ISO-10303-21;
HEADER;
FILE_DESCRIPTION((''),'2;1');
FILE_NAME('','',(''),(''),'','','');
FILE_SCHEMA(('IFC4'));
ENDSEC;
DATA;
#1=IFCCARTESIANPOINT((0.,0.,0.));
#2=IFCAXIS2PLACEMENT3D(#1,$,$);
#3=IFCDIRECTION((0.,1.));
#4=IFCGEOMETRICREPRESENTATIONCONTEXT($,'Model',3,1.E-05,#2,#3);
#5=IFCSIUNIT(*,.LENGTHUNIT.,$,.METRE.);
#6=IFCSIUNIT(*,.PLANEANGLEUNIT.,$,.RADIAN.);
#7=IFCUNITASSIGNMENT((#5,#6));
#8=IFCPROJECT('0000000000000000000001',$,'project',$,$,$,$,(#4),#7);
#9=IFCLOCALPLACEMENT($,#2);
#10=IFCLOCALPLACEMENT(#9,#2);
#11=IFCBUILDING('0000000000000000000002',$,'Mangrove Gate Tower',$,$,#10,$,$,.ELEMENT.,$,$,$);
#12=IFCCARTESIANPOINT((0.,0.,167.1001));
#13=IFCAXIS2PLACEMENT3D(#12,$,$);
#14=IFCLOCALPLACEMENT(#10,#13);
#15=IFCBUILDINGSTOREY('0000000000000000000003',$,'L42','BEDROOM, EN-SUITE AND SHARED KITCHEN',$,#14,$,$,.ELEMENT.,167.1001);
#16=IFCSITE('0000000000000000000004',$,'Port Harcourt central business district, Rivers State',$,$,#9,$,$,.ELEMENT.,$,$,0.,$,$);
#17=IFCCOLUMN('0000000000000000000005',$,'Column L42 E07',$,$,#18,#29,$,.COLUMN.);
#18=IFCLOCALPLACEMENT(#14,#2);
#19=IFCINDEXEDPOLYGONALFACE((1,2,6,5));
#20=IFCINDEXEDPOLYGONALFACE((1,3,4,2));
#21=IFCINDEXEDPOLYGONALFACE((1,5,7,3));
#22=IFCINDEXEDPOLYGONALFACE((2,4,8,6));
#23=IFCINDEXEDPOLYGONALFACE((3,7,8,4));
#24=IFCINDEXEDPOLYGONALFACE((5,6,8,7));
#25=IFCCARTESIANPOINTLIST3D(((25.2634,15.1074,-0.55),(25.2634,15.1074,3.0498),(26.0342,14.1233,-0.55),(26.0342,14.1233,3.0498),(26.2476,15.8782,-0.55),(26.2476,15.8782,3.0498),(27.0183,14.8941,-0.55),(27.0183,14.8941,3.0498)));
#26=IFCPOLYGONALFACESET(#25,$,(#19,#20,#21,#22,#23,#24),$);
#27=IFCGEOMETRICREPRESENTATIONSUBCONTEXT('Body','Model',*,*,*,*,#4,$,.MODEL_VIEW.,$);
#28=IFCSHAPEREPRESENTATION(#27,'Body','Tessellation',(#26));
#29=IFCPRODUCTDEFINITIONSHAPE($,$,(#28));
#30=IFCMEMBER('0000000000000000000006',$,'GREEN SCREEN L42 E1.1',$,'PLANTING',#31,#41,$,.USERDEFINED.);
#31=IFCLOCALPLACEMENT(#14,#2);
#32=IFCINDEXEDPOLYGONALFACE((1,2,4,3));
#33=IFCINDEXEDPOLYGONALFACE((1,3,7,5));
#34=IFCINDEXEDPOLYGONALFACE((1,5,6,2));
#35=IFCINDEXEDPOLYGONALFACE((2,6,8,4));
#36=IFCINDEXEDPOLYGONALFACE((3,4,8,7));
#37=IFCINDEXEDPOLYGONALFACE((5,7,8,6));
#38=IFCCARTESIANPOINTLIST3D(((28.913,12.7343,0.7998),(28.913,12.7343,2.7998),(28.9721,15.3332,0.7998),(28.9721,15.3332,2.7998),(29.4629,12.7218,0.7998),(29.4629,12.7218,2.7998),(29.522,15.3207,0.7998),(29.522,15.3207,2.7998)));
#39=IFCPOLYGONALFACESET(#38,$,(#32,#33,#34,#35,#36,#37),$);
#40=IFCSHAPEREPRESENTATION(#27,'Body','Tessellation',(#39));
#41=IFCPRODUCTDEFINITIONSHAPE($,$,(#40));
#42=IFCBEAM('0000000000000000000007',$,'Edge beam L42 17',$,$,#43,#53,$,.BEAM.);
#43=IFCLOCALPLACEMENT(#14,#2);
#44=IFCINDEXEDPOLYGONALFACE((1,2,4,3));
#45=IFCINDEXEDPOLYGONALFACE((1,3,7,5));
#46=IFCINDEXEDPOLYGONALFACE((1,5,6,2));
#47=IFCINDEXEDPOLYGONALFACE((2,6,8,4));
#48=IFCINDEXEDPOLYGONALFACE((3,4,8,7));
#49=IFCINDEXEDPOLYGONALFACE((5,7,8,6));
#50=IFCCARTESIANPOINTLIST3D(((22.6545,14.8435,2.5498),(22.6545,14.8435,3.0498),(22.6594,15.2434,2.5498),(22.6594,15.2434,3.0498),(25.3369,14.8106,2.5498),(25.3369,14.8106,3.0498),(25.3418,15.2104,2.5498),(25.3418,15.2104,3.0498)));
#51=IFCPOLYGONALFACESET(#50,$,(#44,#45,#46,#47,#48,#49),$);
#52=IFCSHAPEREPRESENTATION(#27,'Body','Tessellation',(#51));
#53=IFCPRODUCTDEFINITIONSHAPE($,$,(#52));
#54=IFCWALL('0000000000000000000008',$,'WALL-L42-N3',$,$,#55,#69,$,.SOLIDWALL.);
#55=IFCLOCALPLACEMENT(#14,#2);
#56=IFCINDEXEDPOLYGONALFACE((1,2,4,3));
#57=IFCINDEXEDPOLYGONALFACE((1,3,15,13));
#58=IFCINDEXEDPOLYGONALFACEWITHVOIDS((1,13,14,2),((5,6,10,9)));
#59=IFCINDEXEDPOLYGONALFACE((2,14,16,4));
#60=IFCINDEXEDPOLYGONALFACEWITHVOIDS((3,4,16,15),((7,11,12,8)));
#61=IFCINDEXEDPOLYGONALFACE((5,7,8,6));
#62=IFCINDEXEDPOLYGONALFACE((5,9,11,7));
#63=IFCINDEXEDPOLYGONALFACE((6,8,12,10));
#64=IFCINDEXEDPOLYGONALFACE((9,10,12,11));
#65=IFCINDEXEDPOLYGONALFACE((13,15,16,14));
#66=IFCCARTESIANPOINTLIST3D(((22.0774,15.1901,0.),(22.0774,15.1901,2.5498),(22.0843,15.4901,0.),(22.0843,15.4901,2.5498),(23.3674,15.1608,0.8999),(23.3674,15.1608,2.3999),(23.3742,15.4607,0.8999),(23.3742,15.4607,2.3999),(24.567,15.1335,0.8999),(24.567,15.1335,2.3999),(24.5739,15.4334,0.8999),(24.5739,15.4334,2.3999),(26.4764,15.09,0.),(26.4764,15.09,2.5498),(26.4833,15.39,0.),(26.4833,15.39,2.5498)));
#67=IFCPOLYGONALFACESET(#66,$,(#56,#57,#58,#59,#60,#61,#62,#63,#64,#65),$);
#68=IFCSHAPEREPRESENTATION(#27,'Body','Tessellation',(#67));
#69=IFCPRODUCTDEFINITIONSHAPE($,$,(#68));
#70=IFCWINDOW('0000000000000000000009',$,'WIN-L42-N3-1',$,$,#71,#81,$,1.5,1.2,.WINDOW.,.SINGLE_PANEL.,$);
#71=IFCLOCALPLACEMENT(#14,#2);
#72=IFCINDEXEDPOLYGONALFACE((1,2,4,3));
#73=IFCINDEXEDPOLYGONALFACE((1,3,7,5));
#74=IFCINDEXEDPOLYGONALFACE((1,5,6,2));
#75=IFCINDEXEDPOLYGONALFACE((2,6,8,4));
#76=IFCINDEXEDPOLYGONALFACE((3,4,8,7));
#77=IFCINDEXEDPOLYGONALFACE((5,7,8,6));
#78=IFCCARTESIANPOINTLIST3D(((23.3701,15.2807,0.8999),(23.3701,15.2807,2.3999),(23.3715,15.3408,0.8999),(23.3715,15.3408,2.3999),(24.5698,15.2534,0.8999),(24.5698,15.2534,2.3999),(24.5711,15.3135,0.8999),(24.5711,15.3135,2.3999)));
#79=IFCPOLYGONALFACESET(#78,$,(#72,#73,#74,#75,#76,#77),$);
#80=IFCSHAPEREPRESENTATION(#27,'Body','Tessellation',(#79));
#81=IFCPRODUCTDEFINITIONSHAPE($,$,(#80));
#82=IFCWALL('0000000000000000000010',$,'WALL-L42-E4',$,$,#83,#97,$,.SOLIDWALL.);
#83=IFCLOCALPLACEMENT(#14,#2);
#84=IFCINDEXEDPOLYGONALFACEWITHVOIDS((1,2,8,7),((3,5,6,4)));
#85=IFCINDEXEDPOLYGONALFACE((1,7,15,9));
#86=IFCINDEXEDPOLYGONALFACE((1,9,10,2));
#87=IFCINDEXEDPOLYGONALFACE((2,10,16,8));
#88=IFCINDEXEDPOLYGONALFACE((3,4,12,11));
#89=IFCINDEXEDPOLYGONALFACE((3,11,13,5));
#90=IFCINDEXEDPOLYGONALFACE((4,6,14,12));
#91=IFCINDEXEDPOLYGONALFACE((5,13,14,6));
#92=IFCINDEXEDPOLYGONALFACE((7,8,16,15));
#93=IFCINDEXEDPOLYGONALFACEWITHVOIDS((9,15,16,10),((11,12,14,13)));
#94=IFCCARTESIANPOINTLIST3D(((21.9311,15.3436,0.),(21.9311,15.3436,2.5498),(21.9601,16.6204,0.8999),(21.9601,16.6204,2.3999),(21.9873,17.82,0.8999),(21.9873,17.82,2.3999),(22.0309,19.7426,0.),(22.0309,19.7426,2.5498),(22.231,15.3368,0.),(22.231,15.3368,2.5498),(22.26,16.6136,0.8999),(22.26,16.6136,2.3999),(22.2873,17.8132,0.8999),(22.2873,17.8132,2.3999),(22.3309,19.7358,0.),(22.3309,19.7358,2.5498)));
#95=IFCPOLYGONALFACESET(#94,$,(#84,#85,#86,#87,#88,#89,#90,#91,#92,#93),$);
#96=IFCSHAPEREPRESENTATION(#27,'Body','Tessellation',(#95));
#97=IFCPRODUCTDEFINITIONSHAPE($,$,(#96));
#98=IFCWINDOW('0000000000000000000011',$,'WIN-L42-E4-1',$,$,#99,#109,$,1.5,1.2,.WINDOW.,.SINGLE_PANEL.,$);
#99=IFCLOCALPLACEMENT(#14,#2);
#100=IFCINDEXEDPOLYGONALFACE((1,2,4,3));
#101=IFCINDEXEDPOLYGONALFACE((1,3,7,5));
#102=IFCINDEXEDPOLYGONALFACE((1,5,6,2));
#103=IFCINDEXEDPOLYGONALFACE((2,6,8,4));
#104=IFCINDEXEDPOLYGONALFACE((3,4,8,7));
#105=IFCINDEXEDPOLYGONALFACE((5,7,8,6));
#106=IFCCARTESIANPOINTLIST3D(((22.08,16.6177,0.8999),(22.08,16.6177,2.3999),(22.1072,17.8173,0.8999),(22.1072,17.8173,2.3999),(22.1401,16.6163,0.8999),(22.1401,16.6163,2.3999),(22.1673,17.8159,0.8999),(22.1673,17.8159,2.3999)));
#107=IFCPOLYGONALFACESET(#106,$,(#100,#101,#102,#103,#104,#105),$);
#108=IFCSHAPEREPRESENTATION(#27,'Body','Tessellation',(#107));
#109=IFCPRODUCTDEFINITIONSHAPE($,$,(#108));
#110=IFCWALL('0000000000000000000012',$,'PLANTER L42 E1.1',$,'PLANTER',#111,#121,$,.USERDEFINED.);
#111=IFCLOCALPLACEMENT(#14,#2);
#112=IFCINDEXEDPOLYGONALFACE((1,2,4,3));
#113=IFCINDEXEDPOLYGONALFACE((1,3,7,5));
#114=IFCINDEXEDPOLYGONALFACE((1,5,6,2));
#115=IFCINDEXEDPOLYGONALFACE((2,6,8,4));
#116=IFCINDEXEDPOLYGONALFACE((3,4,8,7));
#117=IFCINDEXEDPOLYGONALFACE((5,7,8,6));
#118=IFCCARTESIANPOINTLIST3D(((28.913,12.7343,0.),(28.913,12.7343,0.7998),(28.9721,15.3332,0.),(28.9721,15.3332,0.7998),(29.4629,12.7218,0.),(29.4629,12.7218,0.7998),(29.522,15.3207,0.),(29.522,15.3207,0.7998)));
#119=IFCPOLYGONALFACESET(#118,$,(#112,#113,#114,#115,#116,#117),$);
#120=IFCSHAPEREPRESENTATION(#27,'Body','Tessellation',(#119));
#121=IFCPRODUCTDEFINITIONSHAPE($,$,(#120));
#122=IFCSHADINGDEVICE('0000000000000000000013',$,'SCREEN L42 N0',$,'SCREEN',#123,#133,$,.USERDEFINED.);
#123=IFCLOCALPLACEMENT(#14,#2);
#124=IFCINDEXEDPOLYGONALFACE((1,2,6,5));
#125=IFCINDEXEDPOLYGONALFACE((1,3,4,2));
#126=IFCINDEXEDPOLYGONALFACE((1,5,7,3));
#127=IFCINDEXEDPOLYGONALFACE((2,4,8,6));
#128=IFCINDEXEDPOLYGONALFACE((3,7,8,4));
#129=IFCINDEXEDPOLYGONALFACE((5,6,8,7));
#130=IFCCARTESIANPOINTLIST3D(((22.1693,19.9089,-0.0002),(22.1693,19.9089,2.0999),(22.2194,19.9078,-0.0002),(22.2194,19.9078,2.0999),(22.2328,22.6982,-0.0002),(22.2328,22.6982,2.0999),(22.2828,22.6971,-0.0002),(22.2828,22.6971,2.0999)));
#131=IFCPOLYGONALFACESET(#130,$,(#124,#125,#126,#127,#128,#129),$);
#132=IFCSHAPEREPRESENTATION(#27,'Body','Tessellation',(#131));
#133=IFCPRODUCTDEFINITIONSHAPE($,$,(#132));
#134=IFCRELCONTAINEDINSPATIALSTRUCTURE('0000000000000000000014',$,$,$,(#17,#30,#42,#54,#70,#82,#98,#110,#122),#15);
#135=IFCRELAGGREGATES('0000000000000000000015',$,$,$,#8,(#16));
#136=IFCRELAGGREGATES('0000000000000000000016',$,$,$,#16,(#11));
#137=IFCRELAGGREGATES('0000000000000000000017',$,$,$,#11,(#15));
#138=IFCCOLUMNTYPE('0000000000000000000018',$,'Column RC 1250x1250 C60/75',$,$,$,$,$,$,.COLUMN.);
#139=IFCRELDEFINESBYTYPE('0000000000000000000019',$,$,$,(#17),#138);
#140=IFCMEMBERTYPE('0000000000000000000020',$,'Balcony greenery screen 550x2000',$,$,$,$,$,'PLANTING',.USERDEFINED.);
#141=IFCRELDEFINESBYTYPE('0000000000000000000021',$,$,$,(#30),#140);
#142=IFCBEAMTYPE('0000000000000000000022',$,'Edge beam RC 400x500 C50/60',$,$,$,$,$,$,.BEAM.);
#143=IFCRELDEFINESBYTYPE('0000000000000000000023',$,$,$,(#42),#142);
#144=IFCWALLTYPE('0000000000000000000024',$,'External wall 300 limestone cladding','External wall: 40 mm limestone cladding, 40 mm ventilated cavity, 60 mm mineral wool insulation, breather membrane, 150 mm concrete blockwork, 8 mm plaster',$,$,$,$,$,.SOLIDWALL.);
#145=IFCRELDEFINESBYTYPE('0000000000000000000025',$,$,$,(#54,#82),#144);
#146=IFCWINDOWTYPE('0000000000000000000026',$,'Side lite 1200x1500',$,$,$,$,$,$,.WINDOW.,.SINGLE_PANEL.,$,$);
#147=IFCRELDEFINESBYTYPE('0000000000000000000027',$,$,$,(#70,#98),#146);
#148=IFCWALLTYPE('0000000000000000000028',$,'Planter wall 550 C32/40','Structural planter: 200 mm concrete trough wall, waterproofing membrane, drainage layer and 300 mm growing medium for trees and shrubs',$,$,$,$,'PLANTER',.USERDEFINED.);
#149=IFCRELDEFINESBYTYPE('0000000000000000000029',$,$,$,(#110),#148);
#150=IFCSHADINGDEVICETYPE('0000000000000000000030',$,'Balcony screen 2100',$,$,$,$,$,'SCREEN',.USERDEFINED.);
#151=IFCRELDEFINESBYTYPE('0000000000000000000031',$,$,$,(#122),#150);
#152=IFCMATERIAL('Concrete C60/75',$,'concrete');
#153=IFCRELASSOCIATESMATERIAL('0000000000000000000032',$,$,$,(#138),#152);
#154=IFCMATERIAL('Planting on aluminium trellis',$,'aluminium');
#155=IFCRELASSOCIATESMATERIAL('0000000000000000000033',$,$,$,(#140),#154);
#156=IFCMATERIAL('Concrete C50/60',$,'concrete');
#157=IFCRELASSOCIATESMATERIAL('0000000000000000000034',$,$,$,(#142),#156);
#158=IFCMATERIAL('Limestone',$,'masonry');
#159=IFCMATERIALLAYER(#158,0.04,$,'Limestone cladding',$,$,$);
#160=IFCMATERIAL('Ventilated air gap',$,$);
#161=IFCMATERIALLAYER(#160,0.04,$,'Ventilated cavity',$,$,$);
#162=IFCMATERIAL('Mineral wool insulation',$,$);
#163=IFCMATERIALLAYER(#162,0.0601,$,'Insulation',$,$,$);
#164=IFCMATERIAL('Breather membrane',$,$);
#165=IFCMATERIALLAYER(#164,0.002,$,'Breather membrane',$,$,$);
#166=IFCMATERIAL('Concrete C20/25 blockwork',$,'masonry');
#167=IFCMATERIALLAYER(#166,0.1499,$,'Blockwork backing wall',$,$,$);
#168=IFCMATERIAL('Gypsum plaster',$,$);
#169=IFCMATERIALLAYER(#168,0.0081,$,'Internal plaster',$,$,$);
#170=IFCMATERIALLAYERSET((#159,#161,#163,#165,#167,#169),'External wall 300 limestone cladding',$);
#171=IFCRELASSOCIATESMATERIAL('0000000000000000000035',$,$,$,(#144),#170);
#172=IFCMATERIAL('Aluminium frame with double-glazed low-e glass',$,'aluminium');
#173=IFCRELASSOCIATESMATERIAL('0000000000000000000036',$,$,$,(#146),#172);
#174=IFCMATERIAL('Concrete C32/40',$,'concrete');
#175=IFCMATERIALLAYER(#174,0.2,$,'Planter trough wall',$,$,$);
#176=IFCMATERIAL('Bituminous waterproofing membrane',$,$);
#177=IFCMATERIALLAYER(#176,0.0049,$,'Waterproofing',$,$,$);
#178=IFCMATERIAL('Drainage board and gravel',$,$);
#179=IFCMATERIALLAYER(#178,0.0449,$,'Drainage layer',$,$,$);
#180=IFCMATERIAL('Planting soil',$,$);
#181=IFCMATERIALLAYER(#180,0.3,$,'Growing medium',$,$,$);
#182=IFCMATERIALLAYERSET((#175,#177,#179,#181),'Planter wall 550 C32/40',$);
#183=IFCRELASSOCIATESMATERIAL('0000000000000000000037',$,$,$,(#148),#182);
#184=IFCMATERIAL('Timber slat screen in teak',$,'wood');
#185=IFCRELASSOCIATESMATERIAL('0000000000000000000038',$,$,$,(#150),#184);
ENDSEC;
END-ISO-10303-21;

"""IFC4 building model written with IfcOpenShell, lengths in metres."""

from ifc_helpers import new_model, si_unit, direction, frame, frame_2d, origin, origin_2d, place, context, subcontext, project, spatial, rectangle, extrude, material, layer, layer_set, material_profile, profile_set, type_object, element, fill, save


model = new_model("IFC4")

# Units and contexts
model_context = context("Model", 3, precision=1e-05, world=origin(), true_north=direction((0.0, 1.0)))
body_context = subcontext(model_context, "Body", "Model", "MODEL_VIEW")
ifc_project = project(units=[si_unit("LENGTHUNIT", "METRE"), si_unit("PLANEANGLEUNIT", "RADIAN")], contexts=[model_context])

# Site, building, storey
site_placement = place(None, origin())
site = spatial("IfcSite", under=ifc_project, at=site_placement, Name="Port Harcourt central business district, Rivers State", CompositionType="ELEMENT", RefElevation=0.0)
building_placement = place(site_placement, origin())
building = spatial("IfcBuilding", under=site, at=building_placement, Name="Mangrove Gate Tower", CompositionType="ELEMENT")
storey_placement = place(building_placement, frame((0.0, 0.0, 167.1001)))
storey = spatial("IfcBuildingStorey", under=building, at=storey_placement, Name="L42", Description="BEDROOM, EN-SUITE AND SHARED KITCHEN", CompositionType="ELEMENT", Elevation=167.1001)

# Column
ifc_material_1 = material(Name="Concrete C60/75", Category="concrete")
ifc_material_profile_1 = material_profile(ifc_material_1, rectangle(XDim=1.25, YDim=1.25, at=origin_2d()))
ifc_profile_set_1 = profile_set([ifc_material_profile_1], Name="Concrete C60/75")
column_type = type_object("IfcColumnType", Name="Column RC 1250x1250 C60/75", PredefinedType="COLUMN", material=ifc_profile_set_1)
column_placement = place(storey_placement, frame((26.1409, 15.0007, -0.55), z_axis=(0.0, 0.0, 1.0), x_axis=(-0.616592, 0.787283, 0.0)))
element("IfcColumn", 1, at=column_placement, inside=storey, type_object=column_type, Name="Column L42 E07", PredefinedType="COLUMN", context=body_context, shape_type="SweptSolid", body=[
    extrude(rectangle(XDim=1.25, YDim=1.25, at=origin_2d()), origin(), (0.0, 0.0, 1.0), 3.5999),
])

# Member
ifc_material_2 = material(Name="Planting on aluminium trellis", Category="aluminium")
ifc_material_profile_2 = material_profile(ifc_material_2, rectangle(XDim=0.55, YDim=2.0, at=origin_2d()))
ifc_profile_set_2 = profile_set([ifc_material_profile_2], Name="Planting on aluminium trellis")
member_type = type_object("IfcMemberType", Name="Balcony greenery screen 550x2000", ElementType="PLANTING", PredefinedType="USERDEFINED", material=ifc_profile_set_2)
member_placement = place(storey_placement, frame((29.188, 12.728, 1.7998), z_axis=(0.022728, 0.999742, 0.0), x_axis=(-0.999742, 0.022728, 0.0)))
element("IfcMember", 2, at=member_placement, inside=storey, type_object=member_type, Name="GREEN SCREEN L42 E1.1", ObjectType="PLANTING", PredefinedType="USERDEFINED", context=body_context, shape_type="SweptSolid", body=[
    extrude(rectangle(XDim=0.55, YDim=2.0, at=origin_2d()), origin(), (0.0, 0.0, 1.0), 2.5996),
])

# Beam
ifc_material_3 = material(Name="Concrete C50/60", Category="concrete")
ifc_material_profile_3 = material_profile(ifc_material_3, rectangle(XDim=0.3999, YDim=0.5, at=origin_2d()))
ifc_profile_set_3 = profile_set([ifc_material_profile_3], Name="Concrete C50/60")
beam_type = type_object("IfcBeamType", Name="Edge beam RC 400x500 C50/60", PredefinedType="BEAM", material=ifc_profile_set_3)
beam_placement = place(storey_placement, frame((25.3394, 15.0105, 2.7998), z_axis=(-0.999925, 0.012286, 0.0), x_axis=(-0.012286, -0.999925, 0.0)))
element("IfcBeam", 3, at=beam_placement, inside=storey, type_object=beam_type, Name="Edge beam L42 17", PredefinedType="BEAM", context=body_context, shape_type="SweptSolid", body=[
    extrude(rectangle(XDim=0.3999, YDim=0.5, at=origin_2d()), origin(), (0.0, 0.0, 1.0), 2.6826),
])

# Walls, openings, windows
ifc_material_4 = material(Name="Limestone", Category="masonry")
ifc_layer_1 = layer(ifc_material_4, 0.04, Name="Limestone cladding")
ifc_material_5 = material(Name="Ventilated air gap")
ifc_layer_2 = layer(ifc_material_5, 0.04, Name="Ventilated cavity")
ifc_material_6 = material(Name="Mineral wool insulation")
ifc_layer_3 = layer(ifc_material_6, 0.0601, Name="Insulation")
ifc_material_7 = material(Name="Breather membrane")
ifc_layer_4 = layer(ifc_material_7, 0.002, Name="Breather membrane")
ifc_material_8 = material(Name="Concrete C20/25 blockwork", Category="masonry")
ifc_layer_5 = layer(ifc_material_8, 0.1499, Name="Blockwork backing wall")
ifc_material_9 = material(Name="Gypsum plaster")
ifc_layer_6 = layer(ifc_material_9, 0.0081, Name="Internal plaster")
ifc_layer_set_1 = layer_set([ifc_layer_1, ifc_layer_2, ifc_layer_3, ifc_layer_4, ifc_layer_5, ifc_layer_6], Name="External wall 300 limestone cladding")
wall_type_1 = type_object("IfcWallType", Name="External wall 300 limestone cladding", Description="External wall: 40 mm limestone cladding, 40 mm ventilated cavity, 60 mm mineral wool insulation, breather membrane, 150 mm concrete blockwork, 8 mm plaster", PredefinedType="SOLIDWALL", material=ifc_layer_set_1)
wall_1_placement = place(storey_placement, frame((26.48, 15.24, 0.0), z_axis=(0.0, 0.0, 1.0), x_axis=(-0.999741, 0.022749, 0.0)))
wall_1 = element("IfcWall", 4, at=wall_1_placement, inside=storey, type_object=wall_type_1, Name="WALL-L42-N3", PredefinedType="SOLIDWALL", context=body_context, shape_type="SweptSolid", body=[
    extrude(rectangle(XDim=4.4001, YDim=0.3, at=frame_2d((2.2002, 0.0))), origin(), (0.0, 0.0, 1.0), 2.5498),
])
opening_1_placement = place(wall_1_placement, frame((1.9099, 0.0, 0.8999)))
opening_1 = element("IfcOpeningElement", 5, at=opening_1_placement, cuts=wall_1, PredefinedType="OPENING", context=body_context, shape_type="SweptSolid", body=[
    extrude(rectangle(XDim=1.2, YDim=1.5, at=frame_2d((0.6001, 0.75))), frame((0.0, 0.1599, 0.0), z_axis=(0.0, -1.0, 0.0), x_axis=(1.0, 0.0, 0.0)), (0.0, 0.0, 1.0), 0.3201),
])
ifc_material_10 = material(Name="Aluminium frame with double-glazed low-e glass", Category="aluminium")
window_type_1 = type_object("IfcWindowType", Name="Side lite 1200x1500", PartitioningType="SINGLE_PANEL", PredefinedType="WINDOW", material=ifc_material_10)
window_1_placement = place(opening_1_placement, origin())
window_1 = element("IfcWindow", 6, at=window_1_placement, inside=storey, type_object=window_type_1, Name="WIN-L42-N3-1", OverallHeight=1.5, OverallWidth=1.2, PartitioningType="SINGLE_PANEL", PredefinedType="WINDOW", context=body_context, shape_type="SweptSolid", body=[
    extrude(rectangle(XDim=1.2, YDim=1.5, at=frame_2d((0.6001, 0.75))), frame((0.0, 0.03, 0.0), z_axis=(0.0, -1.0, 0.0), x_axis=(1.0, 0.0, 0.0)), (0.0, 0.0, 1.0), 0.0601),
])
fill(opening_1, window_1)
wall_2_placement = place(storey_placement, frame((22.0811, 15.3401, 0.0), z_axis=(0.0, 0.0, 1.0), x_axis=(0.022694, 0.999742, 0.0)))
wall_2 = element("IfcWall", 7, at=wall_2_placement, inside=storey, type_object=wall_type_1, Name="WALL-L42-E4", PredefinedType="SOLIDWALL", context=body_context, shape_type="SweptSolid", body=[
    extrude(rectangle(XDim=4.4001, YDim=0.3, at=frame_2d((2.2002, 0.0))), origin(), (0.0, 0.0, 1.0), 2.5498),
])
opening_2_placement = place(wall_2_placement, frame((1.2771, 0.0, 0.8999)))
opening_2 = element("IfcOpeningElement", 8, at=opening_2_placement, cuts=wall_2, PredefinedType="OPENING", context=body_context, shape_type="SweptSolid", body=[
    extrude(rectangle(XDim=1.2, YDim=1.5, at=frame_2d((0.6001, 0.75))), frame((0.0, 0.1599, 0.0), z_axis=(0.0, -1.0, 0.0), x_axis=(1.0, 0.0, 0.0)), (0.0, 0.0, 1.0), 0.3201),
])
window_2_placement = place(opening_2_placement, origin())
window_2 = element("IfcWindow", 9, at=window_2_placement, inside=storey, type_object=window_type_1, Name="WIN-L42-E4-1", OverallHeight=1.5, OverallWidth=1.2, PartitioningType="SINGLE_PANEL", PredefinedType="WINDOW", context=body_context, shape_type="SweptSolid", body=[
    extrude(rectangle(XDim=1.2, YDim=1.5, at=frame_2d((0.6001, 0.75))), frame((0.0, 0.03, 0.0), z_axis=(0.0, -1.0, 0.0), x_axis=(1.0, 0.0, 0.0)), (0.0, 0.0, 1.0), 0.0601),
])
fill(opening_2, window_2)

# Wall
ifc_material_11 = material(Name="Concrete C32/40", Category="concrete")
ifc_layer_7 = layer(ifc_material_11, 0.2, Name="Planter trough wall")
ifc_material_12 = material(Name="Bituminous waterproofing membrane")
ifc_layer_8 = layer(ifc_material_12, 0.0049, Name="Waterproofing")
ifc_material_13 = material(Name="Drainage board and gravel")
ifc_layer_9 = layer(ifc_material_13, 0.0449, Name="Drainage layer")
ifc_material_14 = material(Name="Planting soil")
ifc_layer_10 = layer(ifc_material_14, 0.3, Name="Growing medium")
ifc_layer_set_2 = layer_set([ifc_layer_7, ifc_layer_8, ifc_layer_9, ifc_layer_10], Name="Planter wall 550 C32/40")
wall_type_2 = type_object("IfcWallType", Name="Planter wall 550 C32/40", Description="Structural planter: 200 mm concrete trough wall, waterproofing membrane, drainage layer and 300 mm growing medium for trees and shrubs", ElementType="PLANTER", PredefinedType="USERDEFINED", material=ifc_layer_set_2)
wall_3_placement = place(storey_placement, frame((29.188, 12.728, 0.0), z_axis=(0.0, 0.0, 1.0), x_axis=(0.022728, 0.999742, 0.0)))
element("IfcWall", 10, at=wall_3_placement, inside=storey, type_object=wall_type_2, Name="PLANTER L42 E1.1", ObjectType="PLANTER", PredefinedType="USERDEFINED", context=body_context, shape_type="SweptSolid", body=[
    extrude(rectangle(XDim=2.5996, YDim=0.55, at=frame_2d((1.2998, 0.0))), origin(), (0.0, 0.0, 1.0), 0.7998),
])

# Shading device
ifc_material_15 = material(Name="Timber slat screen in teak", Category="wood")
shading_device_type = type_object("IfcShadingDeviceType", Name="Balcony screen 2100", ElementType="SCREEN", PredefinedType="USERDEFINED", material=ifc_material_15)
shading_device_placement = place(storey_placement, frame((22.2261, 21.303, -0.0002), z_axis=(0.0, 0.0, 1.0), x_axis=(0.02274, 0.999741, 0.0)))
element("IfcShadingDevice", 11, at=shading_device_placement, inside=storey, type_object=shading_device_type, Name="SCREEN L42 N0", ObjectType="SCREEN", PredefinedType="USERDEFINED", context=body_context, shape_type="SweptSolid", body=[
    extrude(rectangle(XDim=2.79, YDim=0.05, at=origin_2d()), origin(), (0.0, 0.0, 1.0), 2.1001),
])

save(model, "model.ifc")
